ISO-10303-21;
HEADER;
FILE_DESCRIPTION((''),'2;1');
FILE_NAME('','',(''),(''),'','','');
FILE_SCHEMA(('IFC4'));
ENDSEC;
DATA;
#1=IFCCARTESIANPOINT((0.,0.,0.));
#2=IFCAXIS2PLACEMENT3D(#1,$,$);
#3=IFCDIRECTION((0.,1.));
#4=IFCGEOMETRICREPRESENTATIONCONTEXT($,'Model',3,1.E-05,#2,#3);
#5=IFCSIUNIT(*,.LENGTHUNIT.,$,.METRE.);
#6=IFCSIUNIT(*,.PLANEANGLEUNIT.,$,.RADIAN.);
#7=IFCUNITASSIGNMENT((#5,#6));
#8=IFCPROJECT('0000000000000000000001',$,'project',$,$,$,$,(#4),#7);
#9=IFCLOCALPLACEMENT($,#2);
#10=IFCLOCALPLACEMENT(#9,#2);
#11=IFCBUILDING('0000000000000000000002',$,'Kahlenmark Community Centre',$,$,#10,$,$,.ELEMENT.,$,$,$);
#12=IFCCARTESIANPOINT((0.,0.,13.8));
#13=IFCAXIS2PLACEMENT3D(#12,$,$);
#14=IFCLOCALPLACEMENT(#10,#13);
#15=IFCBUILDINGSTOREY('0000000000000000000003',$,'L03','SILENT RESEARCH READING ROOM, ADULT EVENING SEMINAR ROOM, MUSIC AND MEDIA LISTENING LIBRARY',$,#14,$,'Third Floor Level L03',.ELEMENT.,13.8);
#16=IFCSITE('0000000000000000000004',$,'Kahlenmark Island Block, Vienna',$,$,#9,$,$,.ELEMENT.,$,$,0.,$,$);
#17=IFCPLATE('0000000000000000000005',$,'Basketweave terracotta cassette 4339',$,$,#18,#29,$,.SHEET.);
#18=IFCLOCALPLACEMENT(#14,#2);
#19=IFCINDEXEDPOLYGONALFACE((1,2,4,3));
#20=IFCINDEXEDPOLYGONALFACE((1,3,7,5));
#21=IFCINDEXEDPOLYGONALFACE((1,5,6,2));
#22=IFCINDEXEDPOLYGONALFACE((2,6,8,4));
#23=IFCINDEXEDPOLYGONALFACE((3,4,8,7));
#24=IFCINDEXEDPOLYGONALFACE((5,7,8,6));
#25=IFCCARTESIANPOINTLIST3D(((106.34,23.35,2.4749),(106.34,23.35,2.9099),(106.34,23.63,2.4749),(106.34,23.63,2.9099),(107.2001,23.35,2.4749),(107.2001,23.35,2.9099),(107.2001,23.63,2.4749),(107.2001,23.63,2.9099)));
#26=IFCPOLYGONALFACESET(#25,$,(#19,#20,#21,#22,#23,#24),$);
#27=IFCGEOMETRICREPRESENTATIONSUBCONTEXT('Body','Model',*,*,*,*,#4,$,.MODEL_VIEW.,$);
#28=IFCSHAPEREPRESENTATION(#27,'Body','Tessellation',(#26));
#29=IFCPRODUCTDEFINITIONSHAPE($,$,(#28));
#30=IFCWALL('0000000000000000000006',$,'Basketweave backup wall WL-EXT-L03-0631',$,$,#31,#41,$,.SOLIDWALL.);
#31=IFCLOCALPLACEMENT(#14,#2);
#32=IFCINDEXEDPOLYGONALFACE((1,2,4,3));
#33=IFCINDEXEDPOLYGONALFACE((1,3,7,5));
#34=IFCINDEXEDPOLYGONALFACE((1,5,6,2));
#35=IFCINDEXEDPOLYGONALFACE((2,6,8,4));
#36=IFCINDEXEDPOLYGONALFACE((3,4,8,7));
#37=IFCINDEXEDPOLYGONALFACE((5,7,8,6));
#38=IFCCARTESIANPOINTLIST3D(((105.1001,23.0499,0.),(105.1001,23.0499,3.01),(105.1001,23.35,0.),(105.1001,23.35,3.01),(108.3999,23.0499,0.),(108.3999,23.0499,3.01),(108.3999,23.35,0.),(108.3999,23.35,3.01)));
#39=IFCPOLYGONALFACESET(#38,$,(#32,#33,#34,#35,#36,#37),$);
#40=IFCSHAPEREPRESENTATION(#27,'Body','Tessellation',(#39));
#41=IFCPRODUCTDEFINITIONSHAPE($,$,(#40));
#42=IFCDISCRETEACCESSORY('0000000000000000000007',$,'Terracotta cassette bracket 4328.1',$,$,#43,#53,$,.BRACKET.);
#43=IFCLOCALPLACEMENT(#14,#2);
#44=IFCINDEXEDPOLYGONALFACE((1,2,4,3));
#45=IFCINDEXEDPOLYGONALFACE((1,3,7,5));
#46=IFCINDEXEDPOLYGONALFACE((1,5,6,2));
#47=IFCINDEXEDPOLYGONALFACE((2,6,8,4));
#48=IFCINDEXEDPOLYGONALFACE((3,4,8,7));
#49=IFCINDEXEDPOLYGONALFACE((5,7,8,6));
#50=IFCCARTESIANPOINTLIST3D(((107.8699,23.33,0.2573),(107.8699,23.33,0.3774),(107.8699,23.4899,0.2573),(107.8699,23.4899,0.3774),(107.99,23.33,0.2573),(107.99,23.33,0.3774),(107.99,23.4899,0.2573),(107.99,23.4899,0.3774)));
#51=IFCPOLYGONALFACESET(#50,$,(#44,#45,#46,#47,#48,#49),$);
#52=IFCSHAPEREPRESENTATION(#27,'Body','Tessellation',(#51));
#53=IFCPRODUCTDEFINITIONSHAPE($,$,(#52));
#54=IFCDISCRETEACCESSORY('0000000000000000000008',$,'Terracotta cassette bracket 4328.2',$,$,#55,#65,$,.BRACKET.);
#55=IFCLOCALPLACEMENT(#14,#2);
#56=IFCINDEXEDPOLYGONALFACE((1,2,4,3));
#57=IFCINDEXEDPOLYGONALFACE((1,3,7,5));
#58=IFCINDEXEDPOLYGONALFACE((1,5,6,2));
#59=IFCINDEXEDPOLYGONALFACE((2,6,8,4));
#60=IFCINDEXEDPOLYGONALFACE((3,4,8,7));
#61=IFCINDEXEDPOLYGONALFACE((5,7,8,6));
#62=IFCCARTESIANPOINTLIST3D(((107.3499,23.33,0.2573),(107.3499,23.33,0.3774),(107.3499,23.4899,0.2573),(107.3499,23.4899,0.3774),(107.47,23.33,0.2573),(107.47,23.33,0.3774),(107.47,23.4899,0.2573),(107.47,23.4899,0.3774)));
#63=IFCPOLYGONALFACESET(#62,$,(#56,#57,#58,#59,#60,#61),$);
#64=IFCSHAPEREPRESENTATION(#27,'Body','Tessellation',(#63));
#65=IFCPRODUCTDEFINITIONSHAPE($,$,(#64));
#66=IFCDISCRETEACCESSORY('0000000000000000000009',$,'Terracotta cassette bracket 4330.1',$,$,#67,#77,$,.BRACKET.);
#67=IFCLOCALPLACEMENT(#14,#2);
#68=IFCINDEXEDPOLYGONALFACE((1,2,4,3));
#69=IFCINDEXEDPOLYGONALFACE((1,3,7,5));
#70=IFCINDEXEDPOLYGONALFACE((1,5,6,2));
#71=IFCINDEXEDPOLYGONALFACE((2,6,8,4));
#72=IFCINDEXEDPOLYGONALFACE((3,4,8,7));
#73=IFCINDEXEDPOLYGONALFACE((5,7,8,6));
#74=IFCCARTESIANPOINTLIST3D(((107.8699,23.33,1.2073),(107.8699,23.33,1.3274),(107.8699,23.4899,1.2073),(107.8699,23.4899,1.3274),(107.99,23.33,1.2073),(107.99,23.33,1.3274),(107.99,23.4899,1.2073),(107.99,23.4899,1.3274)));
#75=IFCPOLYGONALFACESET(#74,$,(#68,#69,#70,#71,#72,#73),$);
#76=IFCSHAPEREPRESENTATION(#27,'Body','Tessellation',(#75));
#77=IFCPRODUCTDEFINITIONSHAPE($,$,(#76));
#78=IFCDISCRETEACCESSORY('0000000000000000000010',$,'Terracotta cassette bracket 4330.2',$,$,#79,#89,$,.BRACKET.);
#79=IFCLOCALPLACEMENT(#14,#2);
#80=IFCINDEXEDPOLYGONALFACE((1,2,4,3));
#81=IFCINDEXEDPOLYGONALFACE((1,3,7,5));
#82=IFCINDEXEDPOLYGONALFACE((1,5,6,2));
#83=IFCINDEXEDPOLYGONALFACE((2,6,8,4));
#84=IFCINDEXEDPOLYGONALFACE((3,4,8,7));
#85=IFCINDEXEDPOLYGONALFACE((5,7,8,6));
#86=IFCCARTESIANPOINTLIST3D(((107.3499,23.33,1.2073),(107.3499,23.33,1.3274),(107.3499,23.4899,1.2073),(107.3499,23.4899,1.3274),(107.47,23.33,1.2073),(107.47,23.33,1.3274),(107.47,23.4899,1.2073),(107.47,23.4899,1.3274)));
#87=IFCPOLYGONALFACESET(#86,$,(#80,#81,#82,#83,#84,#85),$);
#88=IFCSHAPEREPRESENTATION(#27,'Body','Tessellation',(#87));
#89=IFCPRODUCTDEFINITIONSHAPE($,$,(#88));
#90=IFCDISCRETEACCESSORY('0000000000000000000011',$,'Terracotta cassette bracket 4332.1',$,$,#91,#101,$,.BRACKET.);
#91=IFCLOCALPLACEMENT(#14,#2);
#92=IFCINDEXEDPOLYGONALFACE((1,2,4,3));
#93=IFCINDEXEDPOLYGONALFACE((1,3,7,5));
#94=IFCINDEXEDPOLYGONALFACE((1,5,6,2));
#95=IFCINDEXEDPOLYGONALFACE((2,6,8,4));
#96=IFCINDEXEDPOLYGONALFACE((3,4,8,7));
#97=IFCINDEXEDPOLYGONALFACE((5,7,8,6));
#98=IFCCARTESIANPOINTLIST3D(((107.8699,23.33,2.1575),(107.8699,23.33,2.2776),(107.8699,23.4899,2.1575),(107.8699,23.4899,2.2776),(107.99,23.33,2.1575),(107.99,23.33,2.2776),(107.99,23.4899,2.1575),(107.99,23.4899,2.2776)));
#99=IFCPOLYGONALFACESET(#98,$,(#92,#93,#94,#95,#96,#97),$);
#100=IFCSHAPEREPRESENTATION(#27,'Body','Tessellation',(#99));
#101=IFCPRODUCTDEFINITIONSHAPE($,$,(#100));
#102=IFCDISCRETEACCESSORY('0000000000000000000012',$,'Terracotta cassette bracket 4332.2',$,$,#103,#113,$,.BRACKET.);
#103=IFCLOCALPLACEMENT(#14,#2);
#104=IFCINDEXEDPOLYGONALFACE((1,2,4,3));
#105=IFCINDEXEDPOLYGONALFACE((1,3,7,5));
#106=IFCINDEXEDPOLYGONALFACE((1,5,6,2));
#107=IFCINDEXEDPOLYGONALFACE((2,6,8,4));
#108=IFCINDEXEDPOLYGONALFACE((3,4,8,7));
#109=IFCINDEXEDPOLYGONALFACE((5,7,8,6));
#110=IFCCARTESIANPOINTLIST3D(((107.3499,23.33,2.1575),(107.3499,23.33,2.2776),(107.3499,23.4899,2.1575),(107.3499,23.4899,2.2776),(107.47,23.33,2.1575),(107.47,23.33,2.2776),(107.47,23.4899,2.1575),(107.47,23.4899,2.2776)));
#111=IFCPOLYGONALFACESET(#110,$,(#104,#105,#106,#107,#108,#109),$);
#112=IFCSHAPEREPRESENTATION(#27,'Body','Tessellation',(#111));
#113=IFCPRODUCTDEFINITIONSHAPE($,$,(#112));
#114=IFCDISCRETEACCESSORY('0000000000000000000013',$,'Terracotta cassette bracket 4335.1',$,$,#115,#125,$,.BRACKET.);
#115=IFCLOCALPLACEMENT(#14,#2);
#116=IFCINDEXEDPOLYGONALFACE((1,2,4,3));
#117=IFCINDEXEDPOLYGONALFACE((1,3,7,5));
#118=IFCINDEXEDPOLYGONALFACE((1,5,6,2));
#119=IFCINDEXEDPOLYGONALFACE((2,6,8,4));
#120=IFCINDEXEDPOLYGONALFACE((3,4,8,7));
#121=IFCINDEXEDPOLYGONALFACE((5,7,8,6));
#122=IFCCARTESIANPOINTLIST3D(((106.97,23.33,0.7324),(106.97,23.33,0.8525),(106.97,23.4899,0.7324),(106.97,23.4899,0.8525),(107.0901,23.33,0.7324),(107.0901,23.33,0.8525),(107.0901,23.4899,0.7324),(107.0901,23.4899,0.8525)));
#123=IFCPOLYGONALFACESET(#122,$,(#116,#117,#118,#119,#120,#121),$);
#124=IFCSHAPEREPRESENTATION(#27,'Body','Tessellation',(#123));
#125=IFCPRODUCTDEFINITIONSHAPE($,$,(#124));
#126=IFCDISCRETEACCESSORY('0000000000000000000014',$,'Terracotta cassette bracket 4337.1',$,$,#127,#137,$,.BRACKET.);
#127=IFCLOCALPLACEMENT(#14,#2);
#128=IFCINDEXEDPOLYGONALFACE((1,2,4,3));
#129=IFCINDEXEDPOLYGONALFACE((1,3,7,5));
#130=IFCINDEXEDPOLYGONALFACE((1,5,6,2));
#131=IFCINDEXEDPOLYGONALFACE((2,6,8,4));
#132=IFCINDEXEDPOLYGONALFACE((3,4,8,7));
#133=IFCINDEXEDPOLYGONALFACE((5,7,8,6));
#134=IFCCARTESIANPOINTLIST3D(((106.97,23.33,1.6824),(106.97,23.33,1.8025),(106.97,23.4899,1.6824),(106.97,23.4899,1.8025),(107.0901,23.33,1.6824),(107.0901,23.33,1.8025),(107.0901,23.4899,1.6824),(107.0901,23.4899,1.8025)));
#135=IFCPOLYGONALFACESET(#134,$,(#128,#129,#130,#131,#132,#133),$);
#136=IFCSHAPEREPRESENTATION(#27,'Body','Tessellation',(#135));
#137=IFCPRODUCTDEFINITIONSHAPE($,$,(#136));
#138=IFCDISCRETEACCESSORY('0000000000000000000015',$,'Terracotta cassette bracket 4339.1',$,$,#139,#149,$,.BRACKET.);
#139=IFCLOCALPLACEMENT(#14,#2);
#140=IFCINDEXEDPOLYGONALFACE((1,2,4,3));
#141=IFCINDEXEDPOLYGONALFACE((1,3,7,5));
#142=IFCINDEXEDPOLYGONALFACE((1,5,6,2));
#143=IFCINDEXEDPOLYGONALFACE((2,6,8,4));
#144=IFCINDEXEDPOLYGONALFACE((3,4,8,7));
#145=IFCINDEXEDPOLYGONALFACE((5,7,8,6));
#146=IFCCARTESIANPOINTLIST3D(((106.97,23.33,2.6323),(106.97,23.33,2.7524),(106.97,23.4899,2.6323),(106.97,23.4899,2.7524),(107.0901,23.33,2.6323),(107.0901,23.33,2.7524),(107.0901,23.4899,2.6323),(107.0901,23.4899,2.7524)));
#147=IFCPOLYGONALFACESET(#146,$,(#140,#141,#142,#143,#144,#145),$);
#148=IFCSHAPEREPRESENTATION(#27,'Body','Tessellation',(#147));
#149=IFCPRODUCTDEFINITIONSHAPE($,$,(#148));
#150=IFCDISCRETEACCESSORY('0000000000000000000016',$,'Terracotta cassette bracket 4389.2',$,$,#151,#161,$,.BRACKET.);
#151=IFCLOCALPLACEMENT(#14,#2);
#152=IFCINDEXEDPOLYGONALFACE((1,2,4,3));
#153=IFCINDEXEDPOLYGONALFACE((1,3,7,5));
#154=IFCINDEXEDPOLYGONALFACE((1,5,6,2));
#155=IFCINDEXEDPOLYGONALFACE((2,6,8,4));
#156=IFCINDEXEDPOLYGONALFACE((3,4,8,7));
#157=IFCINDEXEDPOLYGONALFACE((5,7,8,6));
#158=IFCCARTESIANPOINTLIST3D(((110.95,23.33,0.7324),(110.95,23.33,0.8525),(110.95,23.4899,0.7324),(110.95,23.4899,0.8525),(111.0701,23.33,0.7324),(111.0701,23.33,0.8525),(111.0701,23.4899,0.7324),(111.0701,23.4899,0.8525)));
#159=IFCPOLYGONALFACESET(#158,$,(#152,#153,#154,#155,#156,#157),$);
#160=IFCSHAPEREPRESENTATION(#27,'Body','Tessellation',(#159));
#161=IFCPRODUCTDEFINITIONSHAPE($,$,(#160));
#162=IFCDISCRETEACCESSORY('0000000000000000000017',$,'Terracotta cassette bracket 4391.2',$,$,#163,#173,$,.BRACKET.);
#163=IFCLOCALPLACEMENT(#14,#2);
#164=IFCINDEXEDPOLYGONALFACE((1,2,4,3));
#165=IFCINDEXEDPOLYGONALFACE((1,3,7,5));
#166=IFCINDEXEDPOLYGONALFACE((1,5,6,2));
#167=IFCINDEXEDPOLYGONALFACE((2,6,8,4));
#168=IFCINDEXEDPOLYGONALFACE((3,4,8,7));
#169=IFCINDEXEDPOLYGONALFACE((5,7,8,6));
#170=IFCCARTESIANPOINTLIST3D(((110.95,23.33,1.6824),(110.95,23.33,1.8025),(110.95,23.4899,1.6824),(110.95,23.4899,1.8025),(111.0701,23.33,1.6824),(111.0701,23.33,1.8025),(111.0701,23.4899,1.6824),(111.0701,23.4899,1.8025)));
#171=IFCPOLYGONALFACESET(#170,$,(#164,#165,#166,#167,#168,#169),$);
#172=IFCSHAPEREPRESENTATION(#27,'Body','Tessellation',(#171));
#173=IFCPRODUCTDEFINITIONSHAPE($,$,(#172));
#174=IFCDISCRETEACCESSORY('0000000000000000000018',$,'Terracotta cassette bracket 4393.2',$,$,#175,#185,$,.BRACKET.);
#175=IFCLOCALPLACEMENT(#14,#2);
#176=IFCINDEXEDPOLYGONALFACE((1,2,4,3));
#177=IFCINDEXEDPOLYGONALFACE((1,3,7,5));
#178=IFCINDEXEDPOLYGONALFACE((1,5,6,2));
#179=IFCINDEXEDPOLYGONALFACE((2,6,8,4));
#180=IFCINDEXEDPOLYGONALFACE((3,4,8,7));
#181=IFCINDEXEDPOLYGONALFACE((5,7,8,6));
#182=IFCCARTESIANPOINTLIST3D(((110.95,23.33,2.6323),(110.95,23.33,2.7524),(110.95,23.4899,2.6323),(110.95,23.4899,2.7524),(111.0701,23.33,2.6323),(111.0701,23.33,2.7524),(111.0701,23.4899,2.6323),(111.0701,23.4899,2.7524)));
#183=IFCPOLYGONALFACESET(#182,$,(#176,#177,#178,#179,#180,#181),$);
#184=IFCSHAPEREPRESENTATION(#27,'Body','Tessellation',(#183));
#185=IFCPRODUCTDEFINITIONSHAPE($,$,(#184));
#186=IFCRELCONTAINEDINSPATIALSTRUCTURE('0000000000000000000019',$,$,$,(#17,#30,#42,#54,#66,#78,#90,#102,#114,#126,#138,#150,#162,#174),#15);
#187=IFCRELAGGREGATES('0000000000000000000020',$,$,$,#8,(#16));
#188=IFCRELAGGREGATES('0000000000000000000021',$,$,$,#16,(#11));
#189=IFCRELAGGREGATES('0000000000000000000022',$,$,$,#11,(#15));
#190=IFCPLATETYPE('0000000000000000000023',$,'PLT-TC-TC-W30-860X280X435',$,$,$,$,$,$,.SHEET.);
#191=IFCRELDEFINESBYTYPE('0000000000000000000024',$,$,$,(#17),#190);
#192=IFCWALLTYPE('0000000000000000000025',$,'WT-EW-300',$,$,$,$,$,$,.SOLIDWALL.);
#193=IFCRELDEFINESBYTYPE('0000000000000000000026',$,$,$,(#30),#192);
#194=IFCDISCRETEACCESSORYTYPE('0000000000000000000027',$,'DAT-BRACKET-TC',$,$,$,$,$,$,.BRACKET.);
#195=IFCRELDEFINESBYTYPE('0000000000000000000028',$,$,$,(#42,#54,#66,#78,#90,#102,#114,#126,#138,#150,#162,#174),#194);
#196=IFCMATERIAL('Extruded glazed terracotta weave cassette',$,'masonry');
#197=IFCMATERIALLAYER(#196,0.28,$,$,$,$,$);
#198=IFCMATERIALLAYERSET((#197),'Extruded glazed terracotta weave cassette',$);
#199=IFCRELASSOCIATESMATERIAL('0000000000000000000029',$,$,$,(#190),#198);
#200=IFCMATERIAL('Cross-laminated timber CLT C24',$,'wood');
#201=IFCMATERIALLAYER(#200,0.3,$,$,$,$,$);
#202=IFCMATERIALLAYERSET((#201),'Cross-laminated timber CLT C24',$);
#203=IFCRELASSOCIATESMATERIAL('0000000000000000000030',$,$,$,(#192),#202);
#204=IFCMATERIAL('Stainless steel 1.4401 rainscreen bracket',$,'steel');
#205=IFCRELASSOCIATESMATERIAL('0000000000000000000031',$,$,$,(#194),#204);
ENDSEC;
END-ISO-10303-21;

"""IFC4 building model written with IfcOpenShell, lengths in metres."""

from ifc_helpers import new_model, si_unit, direction, frame, frame_2d, origin, origin_2d, place, context, subcontext, project, spatial, rectangle, extrude, material, layer, layer_set, type_object, element, save


model = new_model("IFC4")

# Units and contexts
model_context = context("Model", 3, precision=1e-05, world=origin(), true_north=direction((0.0, 1.0)))
body_context = subcontext(model_context, "Body", "Model", "MODEL_VIEW")
ifc_project = project(units=[si_unit("LENGTHUNIT", "METRE"), si_unit("PLANEANGLEUNIT", "RADIAN")], contexts=[model_context])

# Site, building, storey
site_placement = place(None, origin())
site = spatial("IfcSite", under=ifc_project, at=site_placement, Name="Kahlenmark Island Block, Vienna", CompositionType="ELEMENT", RefElevation=0.0)
building_placement = place(site_placement, origin())
building = spatial("IfcBuilding", under=site, at=building_placement, Name="Kahlenmark Community Centre", CompositionType="ELEMENT")
storey_placement = place(building_placement, frame((0.0, 0.0, 13.8)))
storey = spatial("IfcBuildingStorey", under=building, at=storey_placement, Name="L03", Description="SILENT RESEARCH READING ROOM, ADULT EVENING SEMINAR ROOM, MUSIC AND MEDIA LISTENING LIBRARY", LongName="Third Floor Level L03", CompositionType="ELEMENT", Elevation=13.8)

# Plate
ifc_material_1 = material(Name="Extruded glazed terracotta weave cassette", Category="masonry")
ifc_layer_1 = layer(ifc_material_1, 0.28)
ifc_layer_set_1 = layer_set([ifc_layer_1], Name="Extruded glazed terracotta weave cassette")
plate_type_1 = type_object("IfcPlateType", Name="PLT-TC-TC-W30-860X280X435", PredefinedType="SHEET", material=ifc_layer_set_1)
plate_1_placement = place(storey_placement, frame((106.77, 23.49, 2.4749), z_axis=(0.0, 0.0, 1.0), x_axis=(-1.0, 0.0, 0.0)))
element("IfcPlate", 1, at=plate_1_placement, inside=storey, type_object=plate_type_1, Name="Basketweave terracotta cassette 4339", PredefinedType="SHEET", context=body_context, shape_type="SweptSolid", body=[
    extrude(rectangle(XDim=0.8601, YDim=0.28, at=origin_2d()), origin(), (0.0, 0.0, 1.0), 0.4351),
])

# Wall
ifc_material_2 = material(Name="Cross-laminated timber CLT C24", Category="wood")
ifc_layer_2 = layer(ifc_material_2, 0.3)
ifc_layer_set_2 = layer_set([ifc_layer_2], Name="Cross-laminated timber CLT C24")
wall_type = type_object("IfcWallType", Name="WT-EW-300", PredefinedType="SOLIDWALL", material=ifc_layer_set_2)
wall_placement = place(storey_placement, frame((108.3999, 23.2, 0.0), z_axis=(0.0, 0.0, 1.0), x_axis=(-1.0, 0.0, 0.0)))
element("IfcWall", 2, at=wall_placement, inside=storey, type_object=wall_type, Name="Basketweave backup wall WL-EXT-L03-0631", PredefinedType="SOLIDWALL", context=body_context, shape_type="SweptSolid", body=[
    extrude(rectangle(XDim=3.2998, YDim=0.3, at=frame_2d((1.6499, 0.0))), origin(), (0.0, 0.0, 1.0), 3.01),
])

# Discrete accessories
ifc_material_3 = material(Name="Stainless steel 1.4401 rainscreen bracket", Category="steel")
discrete_accessory_type = type_object("IfcDiscreteAccessoryType", Name="DAT-BRACKET-TC", PredefinedType="BRACKET", material=ifc_material_3)
for number, where, z_axis, x_axis, name in (
    (3, (107.9299, 23.4099, 0.2573), (0.0, 0.0, 1.0), (-1.0, 0.0, 0.0), "Terracotta cassette bracket 4328.1"),
    (4, (107.4099, 23.4099, 0.2573), (0.0, 0.0, 1.0), (-1.0, 0.0, 0.0), "Terracotta cassette bracket 4328.2"),
    (5, (107.9299, 23.4099, 1.2073), (0.0, 0.0, 1.0), (-1.0, 0.0, 0.0), "Terracotta cassette bracket 4330.1"),
    (6, (107.4099, 23.4099, 1.2073), (0.0, 0.0, 1.0), (-1.0, 0.0, 0.0), "Terracotta cassette bracket 4330.2"),
    (7, (107.9299, 23.4099, 2.1575), (0.0, 0.0, 1.0), (-1.0, 0.0, 0.0), "Terracotta cassette bracket 4332.1"),
    (8, (107.4099, 23.4099, 2.1575), (0.0, 0.0, 1.0), (-1.0, 0.0, 0.0), "Terracotta cassette bracket 4332.2"),
    (9, (107.03, 23.4099, 0.7324), (0.0, 0.0, 1.0), (-1.0, 0.0, 0.0), "Terracotta cassette bracket 4335.1"),
    (10, (107.03, 23.4099, 1.6824), (0.0, 0.0, 1.0), (-1.0, 0.0, 0.0), "Terracotta cassette bracket 4337.1"),
    (11, (107.03, 23.4099, 2.6323), (0.0, 0.0, 1.0), (-1.0, 0.0, 0.0), "Terracotta cassette bracket 4339.1"),
    (12, (111.01, 23.4099, 0.7324), (0.0, 0.0, 1.0), (-1.0, 0.0, 0.0), "Terracotta cassette bracket 4389.2"),
    (13, (111.01, 23.4099, 1.6824), (0.0, 0.0, 1.0), (-1.0, 0.0, 0.0), "Terracotta cassette bracket 4391.2"),
    (14, (111.01, 23.4099, 2.6323), (0.0, 0.0, 1.0), (-1.0, 0.0, 0.0), "Terracotta cassette bracket 4393.2"),
):
    element("IfcDiscreteAccessory", number, at=place(storey_placement, frame(where, z_axis=z_axis, x_axis=x_axis)), inside=storey, type_object=discrete_accessory_type, Name=name, PredefinedType="BRACKET", context=body_context, shape_type="SweptSolid", body=[
        extrude(rectangle(XDim=0.1201, YDim=0.1599, at=origin_2d()), origin(), (0.0, 0.0, 1.0), 0.1201),
    ])

save(model, "model.ifc")
